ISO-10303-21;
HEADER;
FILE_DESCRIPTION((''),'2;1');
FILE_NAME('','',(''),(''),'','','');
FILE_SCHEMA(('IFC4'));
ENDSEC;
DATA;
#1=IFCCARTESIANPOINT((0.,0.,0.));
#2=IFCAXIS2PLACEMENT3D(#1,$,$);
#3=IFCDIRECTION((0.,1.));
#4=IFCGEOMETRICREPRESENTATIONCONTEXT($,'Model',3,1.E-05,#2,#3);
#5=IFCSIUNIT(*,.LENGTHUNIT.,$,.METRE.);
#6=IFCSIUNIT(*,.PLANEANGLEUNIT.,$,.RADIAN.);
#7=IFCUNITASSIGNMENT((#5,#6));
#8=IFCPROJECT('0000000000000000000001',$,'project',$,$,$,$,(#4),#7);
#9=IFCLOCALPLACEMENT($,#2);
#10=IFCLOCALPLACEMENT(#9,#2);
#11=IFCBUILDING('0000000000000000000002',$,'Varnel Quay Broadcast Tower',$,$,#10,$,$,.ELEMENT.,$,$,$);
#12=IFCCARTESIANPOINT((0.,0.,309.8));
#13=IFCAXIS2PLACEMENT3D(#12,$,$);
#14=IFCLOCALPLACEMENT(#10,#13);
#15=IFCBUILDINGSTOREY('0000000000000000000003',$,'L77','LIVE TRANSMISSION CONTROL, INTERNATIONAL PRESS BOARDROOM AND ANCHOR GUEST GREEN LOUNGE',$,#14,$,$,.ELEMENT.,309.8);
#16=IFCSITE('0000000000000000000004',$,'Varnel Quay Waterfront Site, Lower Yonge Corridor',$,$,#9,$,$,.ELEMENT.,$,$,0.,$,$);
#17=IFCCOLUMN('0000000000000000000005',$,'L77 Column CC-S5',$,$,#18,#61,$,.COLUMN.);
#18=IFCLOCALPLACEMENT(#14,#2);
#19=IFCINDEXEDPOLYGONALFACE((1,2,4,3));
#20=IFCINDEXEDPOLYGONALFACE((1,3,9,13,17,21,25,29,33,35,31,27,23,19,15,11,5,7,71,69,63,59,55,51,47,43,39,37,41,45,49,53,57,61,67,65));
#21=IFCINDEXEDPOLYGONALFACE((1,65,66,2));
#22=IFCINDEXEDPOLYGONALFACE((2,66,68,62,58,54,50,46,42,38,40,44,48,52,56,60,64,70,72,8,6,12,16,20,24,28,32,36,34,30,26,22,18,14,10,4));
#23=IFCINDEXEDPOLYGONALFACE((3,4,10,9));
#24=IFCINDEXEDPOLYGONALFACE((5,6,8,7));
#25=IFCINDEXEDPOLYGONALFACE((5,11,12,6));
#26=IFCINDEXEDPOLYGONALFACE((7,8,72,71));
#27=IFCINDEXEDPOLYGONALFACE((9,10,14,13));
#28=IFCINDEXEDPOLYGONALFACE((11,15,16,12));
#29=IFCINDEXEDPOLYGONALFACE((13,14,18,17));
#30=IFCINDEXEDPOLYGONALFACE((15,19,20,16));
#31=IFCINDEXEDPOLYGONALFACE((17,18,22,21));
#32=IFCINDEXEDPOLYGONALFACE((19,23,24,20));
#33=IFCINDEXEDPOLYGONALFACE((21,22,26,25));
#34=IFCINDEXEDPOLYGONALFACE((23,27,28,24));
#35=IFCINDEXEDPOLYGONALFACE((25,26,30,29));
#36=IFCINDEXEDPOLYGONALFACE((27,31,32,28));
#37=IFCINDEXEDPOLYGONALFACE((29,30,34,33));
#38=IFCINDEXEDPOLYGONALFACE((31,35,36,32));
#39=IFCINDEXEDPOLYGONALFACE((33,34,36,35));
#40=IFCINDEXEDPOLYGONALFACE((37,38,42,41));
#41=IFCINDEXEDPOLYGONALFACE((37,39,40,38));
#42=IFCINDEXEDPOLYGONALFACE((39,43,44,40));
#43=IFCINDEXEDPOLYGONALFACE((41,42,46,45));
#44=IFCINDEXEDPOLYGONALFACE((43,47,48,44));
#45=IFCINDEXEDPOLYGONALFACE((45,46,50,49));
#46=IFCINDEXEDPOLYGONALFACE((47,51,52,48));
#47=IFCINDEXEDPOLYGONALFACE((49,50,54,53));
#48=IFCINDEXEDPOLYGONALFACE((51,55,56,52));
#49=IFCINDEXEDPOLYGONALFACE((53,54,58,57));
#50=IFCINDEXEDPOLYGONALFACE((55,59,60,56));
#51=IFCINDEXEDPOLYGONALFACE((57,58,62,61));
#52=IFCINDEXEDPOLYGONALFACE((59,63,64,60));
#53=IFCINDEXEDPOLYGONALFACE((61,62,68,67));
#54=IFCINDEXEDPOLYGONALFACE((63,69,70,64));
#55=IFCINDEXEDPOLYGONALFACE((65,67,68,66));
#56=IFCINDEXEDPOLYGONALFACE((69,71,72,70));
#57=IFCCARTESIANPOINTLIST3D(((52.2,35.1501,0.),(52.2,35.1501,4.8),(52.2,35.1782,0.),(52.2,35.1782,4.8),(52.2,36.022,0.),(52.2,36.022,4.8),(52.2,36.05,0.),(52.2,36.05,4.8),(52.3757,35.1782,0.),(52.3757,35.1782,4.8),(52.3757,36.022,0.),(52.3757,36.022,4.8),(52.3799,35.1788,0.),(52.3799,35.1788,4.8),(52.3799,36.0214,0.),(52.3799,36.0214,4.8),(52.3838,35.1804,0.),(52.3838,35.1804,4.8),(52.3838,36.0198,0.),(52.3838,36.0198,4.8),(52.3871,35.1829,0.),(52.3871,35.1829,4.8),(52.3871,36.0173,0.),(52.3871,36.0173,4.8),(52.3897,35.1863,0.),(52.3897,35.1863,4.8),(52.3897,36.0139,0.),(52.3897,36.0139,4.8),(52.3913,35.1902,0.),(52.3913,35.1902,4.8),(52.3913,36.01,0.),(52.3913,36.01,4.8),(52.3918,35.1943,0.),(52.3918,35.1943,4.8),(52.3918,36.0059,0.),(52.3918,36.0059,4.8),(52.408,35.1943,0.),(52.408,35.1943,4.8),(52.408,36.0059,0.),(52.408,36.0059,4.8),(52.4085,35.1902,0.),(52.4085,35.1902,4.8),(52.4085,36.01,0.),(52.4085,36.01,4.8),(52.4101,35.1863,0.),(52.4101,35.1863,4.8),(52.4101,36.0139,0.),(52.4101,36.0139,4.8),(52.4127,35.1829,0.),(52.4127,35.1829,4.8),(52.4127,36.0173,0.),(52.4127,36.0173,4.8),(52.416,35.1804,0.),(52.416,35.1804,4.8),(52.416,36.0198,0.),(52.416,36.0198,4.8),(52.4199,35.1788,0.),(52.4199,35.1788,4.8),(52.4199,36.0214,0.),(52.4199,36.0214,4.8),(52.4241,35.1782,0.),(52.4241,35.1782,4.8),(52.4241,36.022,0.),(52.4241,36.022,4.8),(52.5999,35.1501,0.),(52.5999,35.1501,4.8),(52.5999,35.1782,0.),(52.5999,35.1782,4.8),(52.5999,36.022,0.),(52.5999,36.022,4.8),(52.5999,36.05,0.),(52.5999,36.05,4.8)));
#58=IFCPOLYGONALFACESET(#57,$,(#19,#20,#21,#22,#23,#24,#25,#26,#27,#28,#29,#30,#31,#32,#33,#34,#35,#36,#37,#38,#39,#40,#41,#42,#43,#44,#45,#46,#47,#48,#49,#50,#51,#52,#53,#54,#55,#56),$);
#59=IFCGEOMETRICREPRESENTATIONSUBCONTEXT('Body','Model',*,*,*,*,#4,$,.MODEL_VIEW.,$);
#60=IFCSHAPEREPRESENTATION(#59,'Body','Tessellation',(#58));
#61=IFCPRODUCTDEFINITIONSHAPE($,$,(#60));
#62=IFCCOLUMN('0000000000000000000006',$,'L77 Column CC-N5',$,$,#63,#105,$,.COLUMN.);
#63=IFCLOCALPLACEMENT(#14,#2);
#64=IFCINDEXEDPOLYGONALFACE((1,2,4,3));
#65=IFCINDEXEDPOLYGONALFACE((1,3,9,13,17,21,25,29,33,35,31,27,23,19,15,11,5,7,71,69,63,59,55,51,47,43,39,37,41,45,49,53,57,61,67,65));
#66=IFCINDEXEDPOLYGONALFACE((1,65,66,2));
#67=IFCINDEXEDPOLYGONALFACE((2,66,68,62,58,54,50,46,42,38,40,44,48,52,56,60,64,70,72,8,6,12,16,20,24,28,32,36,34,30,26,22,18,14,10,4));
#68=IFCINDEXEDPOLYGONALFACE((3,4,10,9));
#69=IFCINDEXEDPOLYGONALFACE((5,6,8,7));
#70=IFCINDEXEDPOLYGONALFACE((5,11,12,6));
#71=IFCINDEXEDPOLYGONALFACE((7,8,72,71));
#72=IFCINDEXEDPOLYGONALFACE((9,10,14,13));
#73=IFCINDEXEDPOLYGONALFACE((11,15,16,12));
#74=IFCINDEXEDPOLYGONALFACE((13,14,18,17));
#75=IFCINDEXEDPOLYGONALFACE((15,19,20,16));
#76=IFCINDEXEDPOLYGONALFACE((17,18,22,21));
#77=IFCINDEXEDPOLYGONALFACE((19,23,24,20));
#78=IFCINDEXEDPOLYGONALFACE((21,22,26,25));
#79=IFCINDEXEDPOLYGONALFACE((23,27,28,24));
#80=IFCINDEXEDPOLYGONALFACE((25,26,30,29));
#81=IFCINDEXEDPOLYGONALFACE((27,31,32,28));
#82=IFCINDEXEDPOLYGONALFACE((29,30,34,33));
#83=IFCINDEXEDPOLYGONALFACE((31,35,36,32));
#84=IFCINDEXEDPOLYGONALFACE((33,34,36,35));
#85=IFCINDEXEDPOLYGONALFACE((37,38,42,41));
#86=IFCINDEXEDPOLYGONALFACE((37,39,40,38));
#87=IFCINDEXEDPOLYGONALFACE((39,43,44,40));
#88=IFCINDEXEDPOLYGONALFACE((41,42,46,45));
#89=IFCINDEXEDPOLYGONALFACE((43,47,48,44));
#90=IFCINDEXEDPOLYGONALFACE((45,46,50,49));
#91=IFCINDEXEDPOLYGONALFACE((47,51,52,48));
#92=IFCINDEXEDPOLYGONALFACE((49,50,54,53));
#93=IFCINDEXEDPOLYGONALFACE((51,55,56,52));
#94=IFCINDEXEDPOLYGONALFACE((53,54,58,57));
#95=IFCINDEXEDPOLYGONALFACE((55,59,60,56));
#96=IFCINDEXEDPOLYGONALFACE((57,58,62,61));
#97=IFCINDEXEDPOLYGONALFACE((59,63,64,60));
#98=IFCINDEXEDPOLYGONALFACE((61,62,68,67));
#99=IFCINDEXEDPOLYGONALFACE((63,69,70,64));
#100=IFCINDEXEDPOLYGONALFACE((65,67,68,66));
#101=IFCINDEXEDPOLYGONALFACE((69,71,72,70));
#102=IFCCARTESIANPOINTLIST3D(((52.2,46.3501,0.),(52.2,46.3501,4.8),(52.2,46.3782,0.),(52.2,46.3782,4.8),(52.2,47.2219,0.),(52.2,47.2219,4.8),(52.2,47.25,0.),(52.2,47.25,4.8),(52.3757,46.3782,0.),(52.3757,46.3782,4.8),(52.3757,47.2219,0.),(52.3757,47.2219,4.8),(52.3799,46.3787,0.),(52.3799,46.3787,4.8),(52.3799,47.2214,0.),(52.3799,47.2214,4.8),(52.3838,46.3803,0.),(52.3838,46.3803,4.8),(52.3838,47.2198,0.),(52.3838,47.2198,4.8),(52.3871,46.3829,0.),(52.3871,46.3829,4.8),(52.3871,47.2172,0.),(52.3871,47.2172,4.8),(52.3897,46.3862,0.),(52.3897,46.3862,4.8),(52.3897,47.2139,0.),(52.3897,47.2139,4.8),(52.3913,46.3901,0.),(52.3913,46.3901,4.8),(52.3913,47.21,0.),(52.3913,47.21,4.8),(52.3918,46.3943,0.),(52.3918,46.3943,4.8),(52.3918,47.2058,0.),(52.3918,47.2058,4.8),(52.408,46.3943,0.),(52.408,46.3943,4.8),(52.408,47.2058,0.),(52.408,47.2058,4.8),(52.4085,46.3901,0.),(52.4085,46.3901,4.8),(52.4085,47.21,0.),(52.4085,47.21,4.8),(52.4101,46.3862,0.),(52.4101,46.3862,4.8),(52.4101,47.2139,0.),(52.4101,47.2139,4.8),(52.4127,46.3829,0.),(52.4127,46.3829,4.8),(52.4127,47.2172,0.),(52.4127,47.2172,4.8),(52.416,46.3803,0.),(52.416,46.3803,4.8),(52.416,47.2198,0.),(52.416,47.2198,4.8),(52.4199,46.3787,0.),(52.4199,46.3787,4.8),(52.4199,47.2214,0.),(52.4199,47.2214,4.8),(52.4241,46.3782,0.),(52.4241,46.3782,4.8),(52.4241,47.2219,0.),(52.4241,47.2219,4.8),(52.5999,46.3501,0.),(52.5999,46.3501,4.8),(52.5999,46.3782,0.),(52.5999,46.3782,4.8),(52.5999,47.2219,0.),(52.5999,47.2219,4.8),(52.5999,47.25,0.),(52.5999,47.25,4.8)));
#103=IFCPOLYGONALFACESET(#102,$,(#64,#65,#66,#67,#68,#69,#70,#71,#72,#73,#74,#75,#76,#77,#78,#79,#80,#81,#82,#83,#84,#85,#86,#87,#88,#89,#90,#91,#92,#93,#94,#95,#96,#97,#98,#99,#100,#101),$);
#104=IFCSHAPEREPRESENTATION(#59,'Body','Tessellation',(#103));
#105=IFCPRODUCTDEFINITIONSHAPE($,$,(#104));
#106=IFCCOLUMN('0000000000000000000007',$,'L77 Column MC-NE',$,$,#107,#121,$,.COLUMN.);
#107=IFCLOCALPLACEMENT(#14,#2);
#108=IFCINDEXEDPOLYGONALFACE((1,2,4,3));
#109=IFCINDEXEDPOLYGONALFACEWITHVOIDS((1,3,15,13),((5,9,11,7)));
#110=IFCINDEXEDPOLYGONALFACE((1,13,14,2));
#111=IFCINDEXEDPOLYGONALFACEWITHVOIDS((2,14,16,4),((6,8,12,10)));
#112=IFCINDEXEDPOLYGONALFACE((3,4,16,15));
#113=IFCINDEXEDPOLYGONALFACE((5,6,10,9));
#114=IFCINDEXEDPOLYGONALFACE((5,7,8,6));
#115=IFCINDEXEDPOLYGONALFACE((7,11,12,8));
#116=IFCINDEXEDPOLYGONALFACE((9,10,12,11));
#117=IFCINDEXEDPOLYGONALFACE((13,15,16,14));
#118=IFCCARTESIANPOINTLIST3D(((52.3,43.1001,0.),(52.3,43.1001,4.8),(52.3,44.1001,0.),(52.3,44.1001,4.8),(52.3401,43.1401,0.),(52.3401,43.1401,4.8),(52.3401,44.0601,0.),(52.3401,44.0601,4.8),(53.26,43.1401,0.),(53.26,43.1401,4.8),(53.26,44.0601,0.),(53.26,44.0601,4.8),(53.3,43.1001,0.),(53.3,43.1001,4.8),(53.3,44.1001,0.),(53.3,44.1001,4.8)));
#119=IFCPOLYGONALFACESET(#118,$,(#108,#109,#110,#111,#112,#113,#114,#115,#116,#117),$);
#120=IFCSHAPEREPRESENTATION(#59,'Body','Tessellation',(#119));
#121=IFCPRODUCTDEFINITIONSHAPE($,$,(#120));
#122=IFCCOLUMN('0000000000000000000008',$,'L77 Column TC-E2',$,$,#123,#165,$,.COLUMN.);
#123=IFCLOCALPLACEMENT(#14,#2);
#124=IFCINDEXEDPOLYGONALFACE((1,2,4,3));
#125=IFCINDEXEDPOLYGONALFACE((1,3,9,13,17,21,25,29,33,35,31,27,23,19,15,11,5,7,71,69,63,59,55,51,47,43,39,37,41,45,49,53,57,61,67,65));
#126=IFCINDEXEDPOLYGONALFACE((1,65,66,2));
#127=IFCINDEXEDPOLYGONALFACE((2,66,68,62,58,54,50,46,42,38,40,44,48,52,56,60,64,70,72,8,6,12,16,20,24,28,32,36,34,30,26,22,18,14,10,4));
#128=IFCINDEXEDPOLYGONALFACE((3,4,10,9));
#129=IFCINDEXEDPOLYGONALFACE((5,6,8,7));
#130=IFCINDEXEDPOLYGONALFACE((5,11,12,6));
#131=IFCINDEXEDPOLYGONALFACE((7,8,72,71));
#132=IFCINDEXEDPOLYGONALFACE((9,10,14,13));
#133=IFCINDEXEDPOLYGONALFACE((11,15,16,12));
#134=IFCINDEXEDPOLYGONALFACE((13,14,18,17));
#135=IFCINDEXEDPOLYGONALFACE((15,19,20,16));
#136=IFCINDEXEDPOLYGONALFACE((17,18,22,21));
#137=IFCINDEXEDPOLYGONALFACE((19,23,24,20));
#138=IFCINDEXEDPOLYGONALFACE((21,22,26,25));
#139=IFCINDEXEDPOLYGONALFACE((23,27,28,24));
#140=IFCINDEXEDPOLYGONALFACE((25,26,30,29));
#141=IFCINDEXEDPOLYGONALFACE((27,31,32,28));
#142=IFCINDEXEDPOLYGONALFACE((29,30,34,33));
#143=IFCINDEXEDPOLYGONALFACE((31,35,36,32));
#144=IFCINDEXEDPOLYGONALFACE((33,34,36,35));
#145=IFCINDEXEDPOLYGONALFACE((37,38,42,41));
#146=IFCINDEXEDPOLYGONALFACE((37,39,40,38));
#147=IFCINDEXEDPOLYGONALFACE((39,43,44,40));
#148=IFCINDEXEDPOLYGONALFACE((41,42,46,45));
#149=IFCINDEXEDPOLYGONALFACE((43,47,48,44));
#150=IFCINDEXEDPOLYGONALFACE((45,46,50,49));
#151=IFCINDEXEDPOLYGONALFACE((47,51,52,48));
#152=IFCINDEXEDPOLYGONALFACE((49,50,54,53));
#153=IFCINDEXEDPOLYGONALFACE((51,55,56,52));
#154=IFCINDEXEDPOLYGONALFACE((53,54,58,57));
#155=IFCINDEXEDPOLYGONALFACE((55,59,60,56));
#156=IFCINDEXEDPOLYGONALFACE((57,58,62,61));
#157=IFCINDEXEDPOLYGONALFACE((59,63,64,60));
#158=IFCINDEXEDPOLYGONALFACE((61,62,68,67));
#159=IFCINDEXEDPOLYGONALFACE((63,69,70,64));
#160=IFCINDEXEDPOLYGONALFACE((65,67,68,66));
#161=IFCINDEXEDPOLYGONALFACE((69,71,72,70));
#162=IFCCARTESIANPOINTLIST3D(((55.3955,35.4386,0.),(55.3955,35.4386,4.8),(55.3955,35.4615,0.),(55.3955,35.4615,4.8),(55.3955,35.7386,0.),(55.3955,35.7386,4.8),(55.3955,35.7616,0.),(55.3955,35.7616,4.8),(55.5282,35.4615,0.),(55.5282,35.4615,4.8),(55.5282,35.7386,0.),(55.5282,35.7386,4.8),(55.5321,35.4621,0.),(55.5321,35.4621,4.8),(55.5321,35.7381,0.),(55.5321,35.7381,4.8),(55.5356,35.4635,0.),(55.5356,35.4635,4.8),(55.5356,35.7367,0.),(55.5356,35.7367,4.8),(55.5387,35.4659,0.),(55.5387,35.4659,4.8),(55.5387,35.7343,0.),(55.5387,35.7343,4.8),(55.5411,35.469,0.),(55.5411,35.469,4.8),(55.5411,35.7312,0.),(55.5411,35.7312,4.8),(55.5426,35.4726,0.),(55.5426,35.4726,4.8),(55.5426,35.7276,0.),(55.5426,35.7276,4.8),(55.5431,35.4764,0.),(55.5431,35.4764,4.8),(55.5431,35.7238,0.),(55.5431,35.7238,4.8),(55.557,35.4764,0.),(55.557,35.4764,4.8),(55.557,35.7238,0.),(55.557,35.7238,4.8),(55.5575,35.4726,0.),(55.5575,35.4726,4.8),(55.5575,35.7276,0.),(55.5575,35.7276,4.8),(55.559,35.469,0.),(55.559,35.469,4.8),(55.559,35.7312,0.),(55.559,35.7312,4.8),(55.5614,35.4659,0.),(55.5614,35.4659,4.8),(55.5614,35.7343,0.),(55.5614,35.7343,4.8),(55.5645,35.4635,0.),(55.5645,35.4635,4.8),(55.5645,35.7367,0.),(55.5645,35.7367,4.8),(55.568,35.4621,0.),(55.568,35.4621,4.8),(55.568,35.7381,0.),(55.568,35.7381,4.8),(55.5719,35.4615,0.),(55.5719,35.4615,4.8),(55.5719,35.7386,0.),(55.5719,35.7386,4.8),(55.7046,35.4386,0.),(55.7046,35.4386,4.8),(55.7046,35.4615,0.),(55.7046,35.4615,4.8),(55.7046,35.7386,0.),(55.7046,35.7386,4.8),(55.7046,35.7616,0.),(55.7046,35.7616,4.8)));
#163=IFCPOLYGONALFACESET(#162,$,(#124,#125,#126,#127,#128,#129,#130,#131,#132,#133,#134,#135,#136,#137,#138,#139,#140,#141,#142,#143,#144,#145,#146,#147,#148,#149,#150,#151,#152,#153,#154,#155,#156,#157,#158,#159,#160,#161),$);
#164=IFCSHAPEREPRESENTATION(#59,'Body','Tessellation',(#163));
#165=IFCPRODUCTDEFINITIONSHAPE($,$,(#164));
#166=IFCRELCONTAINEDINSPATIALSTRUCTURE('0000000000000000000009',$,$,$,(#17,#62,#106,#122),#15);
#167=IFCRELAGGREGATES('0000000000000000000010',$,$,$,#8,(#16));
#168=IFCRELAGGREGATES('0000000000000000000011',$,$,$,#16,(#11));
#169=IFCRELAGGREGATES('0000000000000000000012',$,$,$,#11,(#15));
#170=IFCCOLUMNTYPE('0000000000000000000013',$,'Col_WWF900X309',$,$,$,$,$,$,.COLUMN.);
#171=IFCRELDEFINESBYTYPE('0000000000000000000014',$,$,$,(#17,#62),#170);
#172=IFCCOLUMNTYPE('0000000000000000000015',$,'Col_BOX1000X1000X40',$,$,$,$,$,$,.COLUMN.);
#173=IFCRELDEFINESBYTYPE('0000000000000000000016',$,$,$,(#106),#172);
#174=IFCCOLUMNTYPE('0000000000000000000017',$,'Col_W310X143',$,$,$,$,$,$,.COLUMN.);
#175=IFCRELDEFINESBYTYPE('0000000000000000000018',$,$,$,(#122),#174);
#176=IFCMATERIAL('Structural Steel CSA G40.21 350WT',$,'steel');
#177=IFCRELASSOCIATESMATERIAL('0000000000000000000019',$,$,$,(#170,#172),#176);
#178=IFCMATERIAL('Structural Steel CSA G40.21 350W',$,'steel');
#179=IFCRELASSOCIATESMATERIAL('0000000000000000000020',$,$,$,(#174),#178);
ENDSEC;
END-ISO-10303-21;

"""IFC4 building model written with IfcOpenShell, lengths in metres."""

from ifc_helpers import new_model, si_unit, direction, frame, origin, origin_2d, place, context, subcontext, project, spatial, hollow_rectangle, i_section, extrude, source, transform, mapped, material, material_profile, profile_set, type_object, type_shapes, element, save


model = new_model("IFC4")

# Units and contexts
model_context = context("Model", 3, precision=1e-05, world=origin(), true_north=direction((0.0, 1.0)))
body_context = subcontext(model_context, "Body", "Model", "MODEL_VIEW")
ifc_project = project(units=[si_unit("LENGTHUNIT", "METRE"), si_unit("PLANEANGLEUNIT", "RADIAN")], contexts=[model_context])

# Site, building, storey
site_placement = place(None, origin())
site = spatial("IfcSite", under=ifc_project, at=site_placement, Name="Varnel Quay Waterfront Site, Lower Yonge Corridor", CompositionType="ELEMENT", RefElevation=0.0)
building_placement = place(site_placement, origin())
building = spatial("IfcBuilding", under=site, at=building_placement, Name="Varnel Quay Broadcast Tower", CompositionType="ELEMENT")
storey_placement = place(building_placement, frame((0.0, 0.0, 309.8)))
storey = spatial("IfcBuildingStorey", under=building, at=storey_placement, Name="L77", Description="LIVE TRANSMISSION CONTROL, INTERNATIONAL PRESS BOARDROOM AND ANCHOR GUEST GREEN LOUNGE", CompositionType="ELEMENT", Elevation=309.8)

# Columns
ifc_material_1 = material(Name="Structural Steel CSA G40.21 350WT", Category="steel")
ifc_material_profile_1 = material_profile(ifc_material_1, i_section(OverallWidth=0.3999, OverallDepth=0.8999, WebThickness=0.0161, FlangeThickness=0.0281, FilletRadius=0.0161, at=origin_2d()), Name="WWF900X309")
ifc_profile_set_1 = profile_set([ifc_material_profile_1], Name="Structural Steel CSA G40.21 350WT")
column_type_1 = type_object("IfcColumnType", Name="Col_WWF900X309", PredefinedType="COLUMN", material=ifc_profile_set_1)
shared_shape_1 = source(origin(), body_context, "Body", "SweptSolid", [
    extrude(i_section(OverallWidth=0.3999, OverallDepth=0.8999, WebThickness=0.0161, FlangeThickness=0.0281, FilletRadius=0.0161, at=origin_2d()), origin(), (0.0, 0.0, 1.0), 4.8),
])
type_shapes(column_type_1, [shared_shape_1])
for number, where, z_axis, x_axis, name in (
    (1, (52.3999, 35.6001, 0.0), (0.0, 0.0, 1.0), (1.0, 0.0, 0.0), "L77 Column CC-S5"),
    (2, (52.3999, 46.8, 0.0), (0.0, 0.0, 1.0), (1.0, 0.0, 0.0), "L77 Column CC-N5"),
):
    element("IfcColumn", number, at=place(storey_placement, frame(where, z_axis=z_axis, x_axis=x_axis)), inside=storey, type_object=column_type_1, Name=name, PredefinedType="COLUMN", context=body_context, shape_type="MappedRepresentation", body=[
        mapped(shared_shape_1, transform((0.0, 0.0, 0.0), x_axis=(1.0, 0.0, 0.0), y_axis=(0.0, 1.0, 0.0), z_axis=(0.0, 0.0, 1.0), scale=1.0)),
    ])
ifc_material_profile_2 = material_profile(ifc_material_1, hollow_rectangle(XDim=1.0, YDim=1.0, WallThickness=0.04, at=origin_2d()), Name="BOX1000X1000X40")
ifc_profile_set_2 = profile_set([ifc_material_profile_2], Name="Structural Steel CSA G40.21 350WT")
column_type_2 = type_object("IfcColumnType", Name="Col_BOX1000X1000X40", PredefinedType="COLUMN", material=ifc_profile_set_2)
shared_shape_2 = source(origin(), body_context, "Body", "SweptSolid", [
    extrude(hollow_rectangle(XDim=1.0, YDim=1.0, WallThickness=0.04, at=origin_2d()), origin(), (0.0, 0.0, 1.0), 4.8),
])
type_shapes(column_type_2, [shared_shape_2])
column_1_placement = place(storey_placement, frame((52.8, 43.6001, 0.0), z_axis=(0.0, 0.0, 1.0), x_axis=(1.0, 0.0, 0.0)))
element("IfcColumn", 3, at=column_1_placement, inside=storey, type_object=column_type_2, Name="L77 Column MC-NE", PredefinedType="COLUMN", context=body_context, shape_type="MappedRepresentation", body=[
    mapped(shared_shape_2, transform((0.0, 0.0, 0.0), x_axis=(1.0, 0.0, 0.0), y_axis=(0.0, 1.0, 0.0), z_axis=(0.0, 0.0, 1.0), scale=1.0)),
])
ifc_material_2 = material(Name="Structural Steel CSA G40.21 350W", Category="steel")
ifc_material_profile_3 = material_profile(ifc_material_2, i_section(OverallWidth=0.3091, OverallDepth=0.323, WebThickness=0.0139, FlangeThickness=0.0229, FilletRadius=0.0149, at=origin_2d()), Name="W310X143")
ifc_profile_set_3 = profile_set([ifc_material_profile_3], Name="Structural Steel CSA G40.21 350W")
column_type_3 = type_object("IfcColumnType", Name="Col_W310X143", PredefinedType="COLUMN", material=ifc_profile_set_3)
shared_shape_3 = source(origin(), body_context, "Body", "SweptSolid", [
    extrude(i_section(OverallWidth=0.3091, OverallDepth=0.323, WebThickness=0.0139, FlangeThickness=0.0229, FilletRadius=0.0149, at=origin_2d()), origin(), (0.0, 0.0, 1.0), 4.8),
])
type_shapes(column_type_3, [shared_shape_3])
column_2_placement = place(storey_placement, frame((55.55, 35.6001, 0.0), z_axis=(0.0, 0.0, 1.0), x_axis=(1.0, 0.0, 0.0)))
element("IfcColumn", 4, at=column_2_placement, inside=storey, type_object=column_type_3, Name="L77 Column TC-E2", PredefinedType="COLUMN", context=body_context, shape_type="MappedRepresentation", body=[
    mapped(shared_shape_3, transform((0.0, 0.0, 0.0), x_axis=(1.0, 0.0, 0.0), y_axis=(0.0, 1.0, 0.0), z_axis=(0.0, 0.0, 1.0), scale=1.0)),
])

save(model, "model.ifc")
